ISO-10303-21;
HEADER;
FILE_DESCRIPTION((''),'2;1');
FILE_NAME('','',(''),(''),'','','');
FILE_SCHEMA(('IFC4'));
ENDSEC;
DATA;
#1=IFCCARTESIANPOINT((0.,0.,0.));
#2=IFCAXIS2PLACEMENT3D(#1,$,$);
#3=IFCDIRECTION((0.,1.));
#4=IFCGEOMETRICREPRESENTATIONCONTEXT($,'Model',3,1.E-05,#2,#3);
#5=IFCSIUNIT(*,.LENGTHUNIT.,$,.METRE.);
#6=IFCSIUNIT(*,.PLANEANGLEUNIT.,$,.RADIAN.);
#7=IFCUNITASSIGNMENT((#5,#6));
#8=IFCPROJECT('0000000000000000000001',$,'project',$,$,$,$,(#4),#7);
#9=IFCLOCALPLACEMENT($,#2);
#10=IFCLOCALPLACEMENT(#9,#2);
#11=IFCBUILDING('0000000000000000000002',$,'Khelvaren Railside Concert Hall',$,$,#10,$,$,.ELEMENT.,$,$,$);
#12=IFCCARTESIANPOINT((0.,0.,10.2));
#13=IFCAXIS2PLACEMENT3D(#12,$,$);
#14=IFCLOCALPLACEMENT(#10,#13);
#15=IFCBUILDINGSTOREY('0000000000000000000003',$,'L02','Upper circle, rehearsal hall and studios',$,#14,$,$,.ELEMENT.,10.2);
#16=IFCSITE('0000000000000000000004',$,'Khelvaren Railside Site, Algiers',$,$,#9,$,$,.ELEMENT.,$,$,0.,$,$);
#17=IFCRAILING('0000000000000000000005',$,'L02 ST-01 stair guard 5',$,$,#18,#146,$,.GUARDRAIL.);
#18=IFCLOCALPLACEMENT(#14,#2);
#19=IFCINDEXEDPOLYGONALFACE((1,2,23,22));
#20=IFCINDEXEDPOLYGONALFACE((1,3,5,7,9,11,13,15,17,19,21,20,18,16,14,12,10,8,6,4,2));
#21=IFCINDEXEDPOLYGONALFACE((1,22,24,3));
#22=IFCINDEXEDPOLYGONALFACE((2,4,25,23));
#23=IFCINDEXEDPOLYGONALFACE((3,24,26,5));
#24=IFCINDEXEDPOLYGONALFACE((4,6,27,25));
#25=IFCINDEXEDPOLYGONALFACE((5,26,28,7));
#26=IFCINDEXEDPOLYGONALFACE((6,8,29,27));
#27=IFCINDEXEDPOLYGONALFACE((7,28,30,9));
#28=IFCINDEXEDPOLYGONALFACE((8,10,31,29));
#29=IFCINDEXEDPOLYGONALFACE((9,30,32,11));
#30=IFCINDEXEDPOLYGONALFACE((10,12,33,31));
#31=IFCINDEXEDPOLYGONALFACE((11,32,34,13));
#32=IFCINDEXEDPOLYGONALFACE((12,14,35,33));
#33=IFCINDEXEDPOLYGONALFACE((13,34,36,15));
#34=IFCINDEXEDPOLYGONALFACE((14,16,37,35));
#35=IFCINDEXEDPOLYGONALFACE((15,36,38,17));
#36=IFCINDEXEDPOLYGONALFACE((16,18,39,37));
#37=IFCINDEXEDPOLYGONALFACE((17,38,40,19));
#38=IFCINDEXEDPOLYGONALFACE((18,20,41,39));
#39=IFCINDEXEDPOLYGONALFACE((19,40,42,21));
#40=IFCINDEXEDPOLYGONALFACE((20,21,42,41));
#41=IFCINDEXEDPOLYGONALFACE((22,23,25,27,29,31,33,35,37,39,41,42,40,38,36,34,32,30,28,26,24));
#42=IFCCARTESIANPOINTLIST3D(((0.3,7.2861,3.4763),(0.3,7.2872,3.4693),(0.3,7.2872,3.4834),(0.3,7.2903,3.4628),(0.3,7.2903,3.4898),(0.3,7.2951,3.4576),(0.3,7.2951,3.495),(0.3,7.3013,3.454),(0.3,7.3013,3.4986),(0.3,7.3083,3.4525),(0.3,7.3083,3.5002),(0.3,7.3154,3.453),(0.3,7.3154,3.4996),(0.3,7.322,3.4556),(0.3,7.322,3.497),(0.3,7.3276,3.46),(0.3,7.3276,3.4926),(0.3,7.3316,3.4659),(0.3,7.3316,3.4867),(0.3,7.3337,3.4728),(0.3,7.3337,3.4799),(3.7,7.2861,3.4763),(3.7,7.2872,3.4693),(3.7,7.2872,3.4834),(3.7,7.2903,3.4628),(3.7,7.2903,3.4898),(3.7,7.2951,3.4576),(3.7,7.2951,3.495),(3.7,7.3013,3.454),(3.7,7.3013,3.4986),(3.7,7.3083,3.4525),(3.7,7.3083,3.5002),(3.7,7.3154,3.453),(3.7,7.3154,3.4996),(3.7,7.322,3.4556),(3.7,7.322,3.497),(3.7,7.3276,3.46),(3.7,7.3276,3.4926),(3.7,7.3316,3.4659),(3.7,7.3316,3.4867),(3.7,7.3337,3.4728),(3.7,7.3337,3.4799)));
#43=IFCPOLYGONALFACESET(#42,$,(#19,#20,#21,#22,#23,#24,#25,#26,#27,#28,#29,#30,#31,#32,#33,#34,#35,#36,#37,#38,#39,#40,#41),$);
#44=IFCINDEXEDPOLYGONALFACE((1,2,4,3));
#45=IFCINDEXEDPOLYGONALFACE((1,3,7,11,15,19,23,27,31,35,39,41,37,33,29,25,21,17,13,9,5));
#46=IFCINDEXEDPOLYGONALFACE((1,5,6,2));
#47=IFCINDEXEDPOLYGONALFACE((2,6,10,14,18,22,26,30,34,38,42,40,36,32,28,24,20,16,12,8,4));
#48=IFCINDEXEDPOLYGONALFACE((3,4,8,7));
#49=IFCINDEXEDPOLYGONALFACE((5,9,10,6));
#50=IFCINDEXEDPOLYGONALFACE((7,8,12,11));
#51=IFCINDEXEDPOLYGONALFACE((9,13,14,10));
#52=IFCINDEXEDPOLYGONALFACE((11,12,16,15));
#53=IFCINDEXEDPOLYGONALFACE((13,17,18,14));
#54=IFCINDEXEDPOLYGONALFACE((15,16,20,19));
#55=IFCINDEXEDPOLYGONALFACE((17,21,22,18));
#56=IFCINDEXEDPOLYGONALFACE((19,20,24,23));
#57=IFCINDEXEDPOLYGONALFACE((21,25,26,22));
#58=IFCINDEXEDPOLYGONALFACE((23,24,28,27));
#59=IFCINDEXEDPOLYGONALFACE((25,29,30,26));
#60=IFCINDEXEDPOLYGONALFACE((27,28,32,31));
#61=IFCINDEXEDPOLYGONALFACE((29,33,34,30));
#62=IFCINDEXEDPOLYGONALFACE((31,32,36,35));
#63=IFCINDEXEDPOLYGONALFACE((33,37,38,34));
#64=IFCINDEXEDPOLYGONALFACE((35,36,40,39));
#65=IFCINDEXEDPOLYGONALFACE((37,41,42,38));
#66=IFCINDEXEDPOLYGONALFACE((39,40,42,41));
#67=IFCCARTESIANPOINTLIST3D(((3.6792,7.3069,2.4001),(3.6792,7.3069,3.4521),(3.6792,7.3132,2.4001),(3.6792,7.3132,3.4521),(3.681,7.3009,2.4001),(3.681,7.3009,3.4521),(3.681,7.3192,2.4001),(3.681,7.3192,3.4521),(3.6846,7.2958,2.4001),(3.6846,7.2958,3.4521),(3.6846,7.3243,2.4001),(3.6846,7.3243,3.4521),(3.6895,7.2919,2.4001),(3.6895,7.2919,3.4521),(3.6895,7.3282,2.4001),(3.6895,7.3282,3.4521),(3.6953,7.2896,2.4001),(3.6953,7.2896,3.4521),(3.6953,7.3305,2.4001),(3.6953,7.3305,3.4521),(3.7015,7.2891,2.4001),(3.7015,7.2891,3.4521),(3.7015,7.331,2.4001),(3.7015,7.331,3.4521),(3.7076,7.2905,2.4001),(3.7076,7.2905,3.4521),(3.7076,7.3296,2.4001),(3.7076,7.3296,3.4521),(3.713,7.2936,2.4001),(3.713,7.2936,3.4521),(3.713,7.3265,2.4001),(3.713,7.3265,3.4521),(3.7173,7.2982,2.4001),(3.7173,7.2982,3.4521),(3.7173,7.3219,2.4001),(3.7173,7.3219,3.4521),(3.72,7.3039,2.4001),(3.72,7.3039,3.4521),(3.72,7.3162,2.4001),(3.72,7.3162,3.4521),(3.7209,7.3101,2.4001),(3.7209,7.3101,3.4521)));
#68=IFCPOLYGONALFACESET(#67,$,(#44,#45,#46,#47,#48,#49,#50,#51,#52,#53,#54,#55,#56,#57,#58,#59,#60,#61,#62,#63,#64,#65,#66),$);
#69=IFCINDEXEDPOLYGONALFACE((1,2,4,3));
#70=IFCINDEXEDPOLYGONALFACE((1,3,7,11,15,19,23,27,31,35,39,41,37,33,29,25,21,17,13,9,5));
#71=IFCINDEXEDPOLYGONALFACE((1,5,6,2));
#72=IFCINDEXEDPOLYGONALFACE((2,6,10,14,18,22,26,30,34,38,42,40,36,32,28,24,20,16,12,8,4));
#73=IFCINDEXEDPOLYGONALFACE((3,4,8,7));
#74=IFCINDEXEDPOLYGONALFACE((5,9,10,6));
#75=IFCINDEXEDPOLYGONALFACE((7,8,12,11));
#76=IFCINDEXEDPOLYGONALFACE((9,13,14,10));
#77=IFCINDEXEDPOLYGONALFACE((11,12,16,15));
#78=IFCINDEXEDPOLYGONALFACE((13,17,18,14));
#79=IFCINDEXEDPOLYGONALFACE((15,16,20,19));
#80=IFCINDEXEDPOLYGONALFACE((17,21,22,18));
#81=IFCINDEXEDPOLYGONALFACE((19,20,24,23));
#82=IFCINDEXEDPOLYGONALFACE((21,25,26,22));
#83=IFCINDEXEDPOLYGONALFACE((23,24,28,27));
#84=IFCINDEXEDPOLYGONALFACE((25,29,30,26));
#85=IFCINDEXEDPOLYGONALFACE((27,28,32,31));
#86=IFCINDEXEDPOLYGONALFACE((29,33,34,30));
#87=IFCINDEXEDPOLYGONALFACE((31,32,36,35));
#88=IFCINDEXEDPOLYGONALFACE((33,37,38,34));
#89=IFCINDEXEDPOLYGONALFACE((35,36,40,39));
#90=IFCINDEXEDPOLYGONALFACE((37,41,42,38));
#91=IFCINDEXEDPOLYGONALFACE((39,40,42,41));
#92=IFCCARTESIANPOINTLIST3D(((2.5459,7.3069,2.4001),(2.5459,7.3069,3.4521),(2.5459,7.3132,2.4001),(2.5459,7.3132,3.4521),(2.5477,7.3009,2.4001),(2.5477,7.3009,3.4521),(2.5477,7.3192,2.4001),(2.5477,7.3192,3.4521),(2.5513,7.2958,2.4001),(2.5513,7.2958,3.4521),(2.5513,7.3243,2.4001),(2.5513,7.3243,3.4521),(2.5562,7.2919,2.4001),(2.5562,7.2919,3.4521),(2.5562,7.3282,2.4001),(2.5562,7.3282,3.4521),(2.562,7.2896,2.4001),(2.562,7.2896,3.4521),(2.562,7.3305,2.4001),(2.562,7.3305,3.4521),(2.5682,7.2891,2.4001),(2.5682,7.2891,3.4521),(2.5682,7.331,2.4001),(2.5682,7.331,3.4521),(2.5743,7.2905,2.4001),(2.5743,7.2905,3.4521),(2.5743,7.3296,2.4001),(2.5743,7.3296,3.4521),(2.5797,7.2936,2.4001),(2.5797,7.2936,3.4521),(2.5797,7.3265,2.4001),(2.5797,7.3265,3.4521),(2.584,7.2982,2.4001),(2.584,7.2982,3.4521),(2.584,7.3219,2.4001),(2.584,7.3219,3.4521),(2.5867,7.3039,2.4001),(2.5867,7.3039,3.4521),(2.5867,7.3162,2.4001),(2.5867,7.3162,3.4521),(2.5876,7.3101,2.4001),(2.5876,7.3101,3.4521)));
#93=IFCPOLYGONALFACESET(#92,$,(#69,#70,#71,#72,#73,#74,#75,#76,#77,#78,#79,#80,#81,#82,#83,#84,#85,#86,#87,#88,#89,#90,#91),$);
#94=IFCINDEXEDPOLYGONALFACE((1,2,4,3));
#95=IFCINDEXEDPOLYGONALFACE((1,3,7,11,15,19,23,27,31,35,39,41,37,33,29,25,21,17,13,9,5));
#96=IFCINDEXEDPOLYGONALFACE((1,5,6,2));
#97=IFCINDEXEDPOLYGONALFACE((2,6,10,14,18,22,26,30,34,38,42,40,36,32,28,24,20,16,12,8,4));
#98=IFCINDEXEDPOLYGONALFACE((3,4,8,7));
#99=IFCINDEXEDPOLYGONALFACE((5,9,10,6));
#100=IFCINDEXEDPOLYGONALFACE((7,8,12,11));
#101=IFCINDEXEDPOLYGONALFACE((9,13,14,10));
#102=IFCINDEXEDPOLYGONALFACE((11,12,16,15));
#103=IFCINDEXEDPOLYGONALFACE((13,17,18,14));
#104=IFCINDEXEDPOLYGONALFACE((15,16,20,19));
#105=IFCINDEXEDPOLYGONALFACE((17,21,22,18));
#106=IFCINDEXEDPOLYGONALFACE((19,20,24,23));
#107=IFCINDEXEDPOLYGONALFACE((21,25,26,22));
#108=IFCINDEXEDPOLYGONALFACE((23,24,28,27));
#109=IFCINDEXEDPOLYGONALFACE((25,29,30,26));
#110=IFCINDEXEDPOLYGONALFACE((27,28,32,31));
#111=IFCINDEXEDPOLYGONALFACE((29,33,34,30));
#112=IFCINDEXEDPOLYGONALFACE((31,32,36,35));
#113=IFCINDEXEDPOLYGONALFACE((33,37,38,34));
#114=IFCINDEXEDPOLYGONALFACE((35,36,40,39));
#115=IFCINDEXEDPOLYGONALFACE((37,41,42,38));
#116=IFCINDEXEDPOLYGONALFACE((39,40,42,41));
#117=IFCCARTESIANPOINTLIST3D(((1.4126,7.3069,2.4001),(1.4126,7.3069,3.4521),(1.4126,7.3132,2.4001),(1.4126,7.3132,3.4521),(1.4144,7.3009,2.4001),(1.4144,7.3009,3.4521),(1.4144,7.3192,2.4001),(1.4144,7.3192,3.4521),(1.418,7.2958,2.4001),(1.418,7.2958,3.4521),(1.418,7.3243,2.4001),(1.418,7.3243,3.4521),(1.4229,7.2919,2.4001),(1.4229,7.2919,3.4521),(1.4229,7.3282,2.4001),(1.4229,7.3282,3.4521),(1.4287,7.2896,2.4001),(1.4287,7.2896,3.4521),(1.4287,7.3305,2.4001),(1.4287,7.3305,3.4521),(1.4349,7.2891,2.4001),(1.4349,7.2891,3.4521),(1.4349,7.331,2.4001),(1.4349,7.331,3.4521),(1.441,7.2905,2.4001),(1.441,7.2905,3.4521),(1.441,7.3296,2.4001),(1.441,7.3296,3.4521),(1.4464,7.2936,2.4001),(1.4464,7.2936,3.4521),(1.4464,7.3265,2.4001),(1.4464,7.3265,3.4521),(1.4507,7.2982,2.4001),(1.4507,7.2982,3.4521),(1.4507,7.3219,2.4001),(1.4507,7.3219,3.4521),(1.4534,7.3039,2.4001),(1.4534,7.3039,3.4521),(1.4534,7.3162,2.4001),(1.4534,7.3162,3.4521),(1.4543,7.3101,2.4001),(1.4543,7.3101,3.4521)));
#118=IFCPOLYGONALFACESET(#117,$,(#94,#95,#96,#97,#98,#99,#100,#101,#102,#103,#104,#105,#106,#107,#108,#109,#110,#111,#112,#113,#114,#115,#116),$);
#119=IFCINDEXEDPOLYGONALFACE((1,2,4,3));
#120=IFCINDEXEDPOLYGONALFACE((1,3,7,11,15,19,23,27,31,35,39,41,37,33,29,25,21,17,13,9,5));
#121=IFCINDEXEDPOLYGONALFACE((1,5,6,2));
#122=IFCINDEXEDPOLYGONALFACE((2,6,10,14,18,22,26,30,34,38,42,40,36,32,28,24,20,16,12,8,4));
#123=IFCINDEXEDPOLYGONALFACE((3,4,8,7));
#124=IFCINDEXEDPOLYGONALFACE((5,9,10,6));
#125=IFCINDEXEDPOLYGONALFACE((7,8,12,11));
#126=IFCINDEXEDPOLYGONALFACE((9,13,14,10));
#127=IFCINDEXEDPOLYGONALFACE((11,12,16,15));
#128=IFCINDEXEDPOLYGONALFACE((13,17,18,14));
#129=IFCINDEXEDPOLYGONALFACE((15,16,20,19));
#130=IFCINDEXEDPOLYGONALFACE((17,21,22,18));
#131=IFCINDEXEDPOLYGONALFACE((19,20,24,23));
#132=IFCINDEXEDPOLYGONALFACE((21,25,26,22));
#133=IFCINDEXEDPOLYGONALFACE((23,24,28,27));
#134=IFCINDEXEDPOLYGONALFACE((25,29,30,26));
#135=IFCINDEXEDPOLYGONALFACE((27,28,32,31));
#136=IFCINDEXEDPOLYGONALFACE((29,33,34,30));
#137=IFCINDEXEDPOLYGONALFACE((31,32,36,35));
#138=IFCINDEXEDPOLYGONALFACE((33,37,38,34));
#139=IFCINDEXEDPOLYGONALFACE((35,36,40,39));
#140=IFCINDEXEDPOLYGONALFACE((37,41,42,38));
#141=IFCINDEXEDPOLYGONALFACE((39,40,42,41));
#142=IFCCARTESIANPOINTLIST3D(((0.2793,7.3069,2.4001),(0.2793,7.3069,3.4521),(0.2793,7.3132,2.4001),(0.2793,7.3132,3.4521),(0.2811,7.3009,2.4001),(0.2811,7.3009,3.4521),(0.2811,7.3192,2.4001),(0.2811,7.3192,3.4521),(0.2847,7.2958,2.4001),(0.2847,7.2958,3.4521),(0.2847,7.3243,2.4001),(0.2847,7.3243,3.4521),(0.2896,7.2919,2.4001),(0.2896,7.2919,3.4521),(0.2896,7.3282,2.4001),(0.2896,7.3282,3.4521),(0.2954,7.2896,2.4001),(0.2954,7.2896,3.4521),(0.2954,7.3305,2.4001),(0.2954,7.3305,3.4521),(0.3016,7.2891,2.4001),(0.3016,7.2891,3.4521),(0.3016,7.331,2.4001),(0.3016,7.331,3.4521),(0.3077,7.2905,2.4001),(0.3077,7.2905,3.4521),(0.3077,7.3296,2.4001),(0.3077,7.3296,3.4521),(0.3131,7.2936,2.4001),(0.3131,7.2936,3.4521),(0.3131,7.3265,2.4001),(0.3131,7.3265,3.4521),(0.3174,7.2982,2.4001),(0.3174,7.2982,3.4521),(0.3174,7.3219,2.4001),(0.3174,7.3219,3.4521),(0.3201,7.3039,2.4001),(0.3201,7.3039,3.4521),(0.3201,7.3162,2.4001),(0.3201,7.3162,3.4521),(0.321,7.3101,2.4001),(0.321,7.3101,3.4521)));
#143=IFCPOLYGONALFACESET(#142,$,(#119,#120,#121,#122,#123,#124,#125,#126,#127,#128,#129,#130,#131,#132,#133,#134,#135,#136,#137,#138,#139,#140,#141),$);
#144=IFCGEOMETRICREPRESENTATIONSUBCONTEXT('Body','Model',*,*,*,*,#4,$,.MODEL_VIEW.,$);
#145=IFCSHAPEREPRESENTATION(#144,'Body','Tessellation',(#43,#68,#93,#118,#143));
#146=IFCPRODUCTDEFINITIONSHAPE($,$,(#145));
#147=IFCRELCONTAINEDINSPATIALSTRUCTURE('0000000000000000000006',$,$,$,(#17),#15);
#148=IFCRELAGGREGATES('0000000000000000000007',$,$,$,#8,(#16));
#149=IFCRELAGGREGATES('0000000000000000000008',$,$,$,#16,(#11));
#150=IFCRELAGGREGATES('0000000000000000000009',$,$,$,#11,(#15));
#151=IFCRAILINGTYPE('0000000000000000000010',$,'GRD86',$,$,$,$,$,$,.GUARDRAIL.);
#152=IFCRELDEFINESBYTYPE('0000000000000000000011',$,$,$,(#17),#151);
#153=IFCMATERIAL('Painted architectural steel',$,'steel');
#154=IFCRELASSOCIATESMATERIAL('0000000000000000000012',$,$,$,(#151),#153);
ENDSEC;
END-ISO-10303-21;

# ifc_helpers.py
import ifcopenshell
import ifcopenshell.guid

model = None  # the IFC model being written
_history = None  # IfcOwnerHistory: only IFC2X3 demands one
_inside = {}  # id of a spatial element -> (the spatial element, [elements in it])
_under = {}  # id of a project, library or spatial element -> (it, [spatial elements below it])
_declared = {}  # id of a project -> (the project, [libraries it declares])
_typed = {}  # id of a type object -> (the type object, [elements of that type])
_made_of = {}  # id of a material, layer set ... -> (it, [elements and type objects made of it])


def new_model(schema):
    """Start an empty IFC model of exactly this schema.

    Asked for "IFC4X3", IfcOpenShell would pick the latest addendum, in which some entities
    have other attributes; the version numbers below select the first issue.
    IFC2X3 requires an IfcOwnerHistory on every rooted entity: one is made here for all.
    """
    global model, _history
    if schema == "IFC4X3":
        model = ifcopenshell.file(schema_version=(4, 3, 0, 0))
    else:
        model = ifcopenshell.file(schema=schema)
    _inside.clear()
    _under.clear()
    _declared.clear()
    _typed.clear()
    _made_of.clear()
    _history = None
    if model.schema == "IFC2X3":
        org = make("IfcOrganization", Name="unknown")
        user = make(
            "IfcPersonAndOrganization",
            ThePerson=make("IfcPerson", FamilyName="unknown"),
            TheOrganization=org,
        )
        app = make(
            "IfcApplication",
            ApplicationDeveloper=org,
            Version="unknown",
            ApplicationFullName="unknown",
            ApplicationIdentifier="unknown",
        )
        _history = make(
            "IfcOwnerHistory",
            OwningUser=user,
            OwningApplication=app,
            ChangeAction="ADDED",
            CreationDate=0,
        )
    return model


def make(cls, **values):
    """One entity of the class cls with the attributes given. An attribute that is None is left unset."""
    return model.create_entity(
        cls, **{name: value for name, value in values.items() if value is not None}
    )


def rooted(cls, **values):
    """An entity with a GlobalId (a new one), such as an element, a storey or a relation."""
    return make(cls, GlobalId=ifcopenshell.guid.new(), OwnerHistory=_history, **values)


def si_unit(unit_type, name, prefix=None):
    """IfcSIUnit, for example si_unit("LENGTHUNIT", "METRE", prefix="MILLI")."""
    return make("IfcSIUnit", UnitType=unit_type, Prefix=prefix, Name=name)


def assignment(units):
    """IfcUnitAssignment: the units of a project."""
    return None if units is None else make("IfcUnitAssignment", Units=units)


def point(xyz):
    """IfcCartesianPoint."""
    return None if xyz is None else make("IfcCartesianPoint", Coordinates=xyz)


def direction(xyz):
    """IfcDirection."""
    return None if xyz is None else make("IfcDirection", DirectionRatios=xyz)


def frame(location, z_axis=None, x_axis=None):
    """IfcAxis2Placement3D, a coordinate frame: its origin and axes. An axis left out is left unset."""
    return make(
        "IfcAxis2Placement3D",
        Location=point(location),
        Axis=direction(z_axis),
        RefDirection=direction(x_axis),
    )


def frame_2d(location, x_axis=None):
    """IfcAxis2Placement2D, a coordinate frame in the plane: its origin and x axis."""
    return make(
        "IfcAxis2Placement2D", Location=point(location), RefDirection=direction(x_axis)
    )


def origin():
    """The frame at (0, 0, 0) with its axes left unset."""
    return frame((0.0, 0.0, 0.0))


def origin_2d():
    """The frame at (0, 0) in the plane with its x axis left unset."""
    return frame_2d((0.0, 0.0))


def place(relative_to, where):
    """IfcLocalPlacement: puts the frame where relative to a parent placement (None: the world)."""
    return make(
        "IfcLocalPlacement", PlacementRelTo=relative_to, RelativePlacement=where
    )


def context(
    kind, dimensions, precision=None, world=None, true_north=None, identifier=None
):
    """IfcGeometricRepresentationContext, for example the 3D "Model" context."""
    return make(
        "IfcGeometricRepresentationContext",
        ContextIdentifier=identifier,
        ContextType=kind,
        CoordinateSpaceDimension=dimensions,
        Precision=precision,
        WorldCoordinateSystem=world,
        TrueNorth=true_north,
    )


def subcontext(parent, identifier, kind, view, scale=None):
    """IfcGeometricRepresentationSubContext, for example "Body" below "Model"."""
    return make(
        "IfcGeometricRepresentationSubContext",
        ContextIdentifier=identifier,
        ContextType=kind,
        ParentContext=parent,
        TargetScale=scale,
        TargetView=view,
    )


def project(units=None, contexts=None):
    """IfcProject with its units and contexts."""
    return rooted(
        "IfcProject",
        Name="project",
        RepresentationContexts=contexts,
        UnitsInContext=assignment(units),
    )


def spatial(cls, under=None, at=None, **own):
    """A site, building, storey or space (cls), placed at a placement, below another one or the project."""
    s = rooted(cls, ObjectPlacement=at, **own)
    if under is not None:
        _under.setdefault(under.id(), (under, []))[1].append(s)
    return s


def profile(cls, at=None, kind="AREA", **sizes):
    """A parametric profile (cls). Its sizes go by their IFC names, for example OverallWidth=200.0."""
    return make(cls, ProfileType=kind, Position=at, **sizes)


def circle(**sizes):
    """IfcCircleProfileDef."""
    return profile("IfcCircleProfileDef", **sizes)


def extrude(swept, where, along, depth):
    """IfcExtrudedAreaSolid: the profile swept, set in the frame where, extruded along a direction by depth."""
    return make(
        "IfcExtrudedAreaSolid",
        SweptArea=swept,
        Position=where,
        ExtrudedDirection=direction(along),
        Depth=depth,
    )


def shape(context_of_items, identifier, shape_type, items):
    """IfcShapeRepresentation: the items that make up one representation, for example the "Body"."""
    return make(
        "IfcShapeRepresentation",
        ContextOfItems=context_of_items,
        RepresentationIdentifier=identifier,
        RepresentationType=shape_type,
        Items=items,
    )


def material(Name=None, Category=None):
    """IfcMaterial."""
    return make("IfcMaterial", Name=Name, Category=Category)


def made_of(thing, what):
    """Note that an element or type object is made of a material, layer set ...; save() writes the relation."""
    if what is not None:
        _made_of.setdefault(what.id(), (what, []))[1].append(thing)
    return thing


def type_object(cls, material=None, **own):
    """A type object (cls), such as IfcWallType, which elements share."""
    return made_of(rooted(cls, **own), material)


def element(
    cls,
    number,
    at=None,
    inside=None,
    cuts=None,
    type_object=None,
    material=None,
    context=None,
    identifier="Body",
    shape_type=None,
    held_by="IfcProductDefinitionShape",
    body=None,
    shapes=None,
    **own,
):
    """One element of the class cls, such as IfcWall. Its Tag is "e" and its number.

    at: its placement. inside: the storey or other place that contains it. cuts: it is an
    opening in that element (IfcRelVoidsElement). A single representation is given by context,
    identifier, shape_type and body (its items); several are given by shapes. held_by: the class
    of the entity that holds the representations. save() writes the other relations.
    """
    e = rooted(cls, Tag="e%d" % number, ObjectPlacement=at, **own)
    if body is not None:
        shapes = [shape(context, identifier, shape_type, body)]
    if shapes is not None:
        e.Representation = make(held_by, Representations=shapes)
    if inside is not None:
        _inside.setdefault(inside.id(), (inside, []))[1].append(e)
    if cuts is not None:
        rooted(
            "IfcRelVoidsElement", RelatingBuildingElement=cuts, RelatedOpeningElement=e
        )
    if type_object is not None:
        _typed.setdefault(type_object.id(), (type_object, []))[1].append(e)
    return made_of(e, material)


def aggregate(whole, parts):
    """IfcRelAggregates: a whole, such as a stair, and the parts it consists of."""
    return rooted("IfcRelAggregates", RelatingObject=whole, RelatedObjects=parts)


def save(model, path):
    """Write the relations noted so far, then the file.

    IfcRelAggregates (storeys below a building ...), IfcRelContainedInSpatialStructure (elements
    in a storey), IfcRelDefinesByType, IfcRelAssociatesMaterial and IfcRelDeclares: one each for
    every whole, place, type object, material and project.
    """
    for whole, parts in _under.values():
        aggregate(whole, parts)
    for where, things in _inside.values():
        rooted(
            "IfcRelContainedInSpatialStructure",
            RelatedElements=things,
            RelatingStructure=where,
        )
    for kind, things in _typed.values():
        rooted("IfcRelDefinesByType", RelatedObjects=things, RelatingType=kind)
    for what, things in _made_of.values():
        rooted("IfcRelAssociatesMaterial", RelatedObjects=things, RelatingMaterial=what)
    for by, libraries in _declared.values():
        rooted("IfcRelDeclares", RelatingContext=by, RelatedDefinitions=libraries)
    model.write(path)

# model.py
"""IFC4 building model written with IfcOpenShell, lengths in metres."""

from ifc_helpers import new_model, si_unit, direction, frame, origin, origin_2d, place, context, subcontext, project, spatial, circle, extrude, material, type_object, element, save


model = new_model("IFC4")

# Units and contexts
model_context = context("Model", 3, precision=1e-05, world=origin(), true_north=direction((0.0, 1.0)))
body_context = subcontext(model_context, "Body", "Model", "MODEL_VIEW")
ifc_project = project(units=[si_unit("LENGTHUNIT", "METRE"), si_unit("PLANEANGLEUNIT", "RADIAN")], contexts=[model_context])

# Site, building, storey
site_placement = place(None, origin())
site = spatial("IfcSite", under=ifc_project, at=site_placement, Name="Khelvaren Railside Site, Algiers", CompositionType="ELEMENT", RefElevation=0.0)
building_placement = place(site_placement, origin())
building = spatial("IfcBuilding", under=site, at=building_placement, Name="Khelvaren Railside Concert Hall", CompositionType="ELEMENT")
storey_placement = place(building_placement, frame((0.0, 0.0, 10.2)))
storey = spatial("IfcBuildingStorey", under=building, at=storey_placement, Name="L02", Description="Upper circle, rehearsal hall and studios", CompositionType="ELEMENT", Elevation=10.2)

# Railing
ifc_material_1 = material(Name="Painted architectural steel", Category="steel")
railing_type_1 = type_object("IfcRailingType", Name="GRD86", PredefinedType="GUARDRAIL", material=ifc_material_1)
railing_1_placement = place(storey_placement, frame((3.7, 7.3101, 2.4001)))
element("IfcRailing", 1, at=railing_1_placement, inside=storey, type_object=railing_type_1, Name="L02 ST-01 stair guard 5", PredefinedType="GUARDRAIL", context=body_context, shape_type="SweptSolid", body=[
    extrude(circle(Radius=0.0239, at=origin_2d()), frame((0.0, 0.0, 1.0762), z_axis=(-1.0, 0.0, 0.0), x_axis=(0.0, -1.0, 0.0)), (0.0, 0.0, 1.0), 3.3999),
    extrude(circle(Radius=0.021, at=origin_2d()), origin(), (0.0, 0.0, 1.0), 1.052),
    extrude(circle(Radius=0.021, at=origin_2d()), frame((-1.1333, 0.0, 0.0)), (0.0, 0.0, 1.0), 1.052),
    extrude(circle(Radius=0.021, at=origin_2d()), frame((-2.2666, 0.0, 0.0)), (0.0, 0.0, 1.0), 1.052),
    extrude(circle(Radius=0.021, at=origin_2d()), frame((-3.3999, 0.0, 0.0)), (0.0, 0.0, 1.0), 1.052),
])

save(model, "model.ifc")
